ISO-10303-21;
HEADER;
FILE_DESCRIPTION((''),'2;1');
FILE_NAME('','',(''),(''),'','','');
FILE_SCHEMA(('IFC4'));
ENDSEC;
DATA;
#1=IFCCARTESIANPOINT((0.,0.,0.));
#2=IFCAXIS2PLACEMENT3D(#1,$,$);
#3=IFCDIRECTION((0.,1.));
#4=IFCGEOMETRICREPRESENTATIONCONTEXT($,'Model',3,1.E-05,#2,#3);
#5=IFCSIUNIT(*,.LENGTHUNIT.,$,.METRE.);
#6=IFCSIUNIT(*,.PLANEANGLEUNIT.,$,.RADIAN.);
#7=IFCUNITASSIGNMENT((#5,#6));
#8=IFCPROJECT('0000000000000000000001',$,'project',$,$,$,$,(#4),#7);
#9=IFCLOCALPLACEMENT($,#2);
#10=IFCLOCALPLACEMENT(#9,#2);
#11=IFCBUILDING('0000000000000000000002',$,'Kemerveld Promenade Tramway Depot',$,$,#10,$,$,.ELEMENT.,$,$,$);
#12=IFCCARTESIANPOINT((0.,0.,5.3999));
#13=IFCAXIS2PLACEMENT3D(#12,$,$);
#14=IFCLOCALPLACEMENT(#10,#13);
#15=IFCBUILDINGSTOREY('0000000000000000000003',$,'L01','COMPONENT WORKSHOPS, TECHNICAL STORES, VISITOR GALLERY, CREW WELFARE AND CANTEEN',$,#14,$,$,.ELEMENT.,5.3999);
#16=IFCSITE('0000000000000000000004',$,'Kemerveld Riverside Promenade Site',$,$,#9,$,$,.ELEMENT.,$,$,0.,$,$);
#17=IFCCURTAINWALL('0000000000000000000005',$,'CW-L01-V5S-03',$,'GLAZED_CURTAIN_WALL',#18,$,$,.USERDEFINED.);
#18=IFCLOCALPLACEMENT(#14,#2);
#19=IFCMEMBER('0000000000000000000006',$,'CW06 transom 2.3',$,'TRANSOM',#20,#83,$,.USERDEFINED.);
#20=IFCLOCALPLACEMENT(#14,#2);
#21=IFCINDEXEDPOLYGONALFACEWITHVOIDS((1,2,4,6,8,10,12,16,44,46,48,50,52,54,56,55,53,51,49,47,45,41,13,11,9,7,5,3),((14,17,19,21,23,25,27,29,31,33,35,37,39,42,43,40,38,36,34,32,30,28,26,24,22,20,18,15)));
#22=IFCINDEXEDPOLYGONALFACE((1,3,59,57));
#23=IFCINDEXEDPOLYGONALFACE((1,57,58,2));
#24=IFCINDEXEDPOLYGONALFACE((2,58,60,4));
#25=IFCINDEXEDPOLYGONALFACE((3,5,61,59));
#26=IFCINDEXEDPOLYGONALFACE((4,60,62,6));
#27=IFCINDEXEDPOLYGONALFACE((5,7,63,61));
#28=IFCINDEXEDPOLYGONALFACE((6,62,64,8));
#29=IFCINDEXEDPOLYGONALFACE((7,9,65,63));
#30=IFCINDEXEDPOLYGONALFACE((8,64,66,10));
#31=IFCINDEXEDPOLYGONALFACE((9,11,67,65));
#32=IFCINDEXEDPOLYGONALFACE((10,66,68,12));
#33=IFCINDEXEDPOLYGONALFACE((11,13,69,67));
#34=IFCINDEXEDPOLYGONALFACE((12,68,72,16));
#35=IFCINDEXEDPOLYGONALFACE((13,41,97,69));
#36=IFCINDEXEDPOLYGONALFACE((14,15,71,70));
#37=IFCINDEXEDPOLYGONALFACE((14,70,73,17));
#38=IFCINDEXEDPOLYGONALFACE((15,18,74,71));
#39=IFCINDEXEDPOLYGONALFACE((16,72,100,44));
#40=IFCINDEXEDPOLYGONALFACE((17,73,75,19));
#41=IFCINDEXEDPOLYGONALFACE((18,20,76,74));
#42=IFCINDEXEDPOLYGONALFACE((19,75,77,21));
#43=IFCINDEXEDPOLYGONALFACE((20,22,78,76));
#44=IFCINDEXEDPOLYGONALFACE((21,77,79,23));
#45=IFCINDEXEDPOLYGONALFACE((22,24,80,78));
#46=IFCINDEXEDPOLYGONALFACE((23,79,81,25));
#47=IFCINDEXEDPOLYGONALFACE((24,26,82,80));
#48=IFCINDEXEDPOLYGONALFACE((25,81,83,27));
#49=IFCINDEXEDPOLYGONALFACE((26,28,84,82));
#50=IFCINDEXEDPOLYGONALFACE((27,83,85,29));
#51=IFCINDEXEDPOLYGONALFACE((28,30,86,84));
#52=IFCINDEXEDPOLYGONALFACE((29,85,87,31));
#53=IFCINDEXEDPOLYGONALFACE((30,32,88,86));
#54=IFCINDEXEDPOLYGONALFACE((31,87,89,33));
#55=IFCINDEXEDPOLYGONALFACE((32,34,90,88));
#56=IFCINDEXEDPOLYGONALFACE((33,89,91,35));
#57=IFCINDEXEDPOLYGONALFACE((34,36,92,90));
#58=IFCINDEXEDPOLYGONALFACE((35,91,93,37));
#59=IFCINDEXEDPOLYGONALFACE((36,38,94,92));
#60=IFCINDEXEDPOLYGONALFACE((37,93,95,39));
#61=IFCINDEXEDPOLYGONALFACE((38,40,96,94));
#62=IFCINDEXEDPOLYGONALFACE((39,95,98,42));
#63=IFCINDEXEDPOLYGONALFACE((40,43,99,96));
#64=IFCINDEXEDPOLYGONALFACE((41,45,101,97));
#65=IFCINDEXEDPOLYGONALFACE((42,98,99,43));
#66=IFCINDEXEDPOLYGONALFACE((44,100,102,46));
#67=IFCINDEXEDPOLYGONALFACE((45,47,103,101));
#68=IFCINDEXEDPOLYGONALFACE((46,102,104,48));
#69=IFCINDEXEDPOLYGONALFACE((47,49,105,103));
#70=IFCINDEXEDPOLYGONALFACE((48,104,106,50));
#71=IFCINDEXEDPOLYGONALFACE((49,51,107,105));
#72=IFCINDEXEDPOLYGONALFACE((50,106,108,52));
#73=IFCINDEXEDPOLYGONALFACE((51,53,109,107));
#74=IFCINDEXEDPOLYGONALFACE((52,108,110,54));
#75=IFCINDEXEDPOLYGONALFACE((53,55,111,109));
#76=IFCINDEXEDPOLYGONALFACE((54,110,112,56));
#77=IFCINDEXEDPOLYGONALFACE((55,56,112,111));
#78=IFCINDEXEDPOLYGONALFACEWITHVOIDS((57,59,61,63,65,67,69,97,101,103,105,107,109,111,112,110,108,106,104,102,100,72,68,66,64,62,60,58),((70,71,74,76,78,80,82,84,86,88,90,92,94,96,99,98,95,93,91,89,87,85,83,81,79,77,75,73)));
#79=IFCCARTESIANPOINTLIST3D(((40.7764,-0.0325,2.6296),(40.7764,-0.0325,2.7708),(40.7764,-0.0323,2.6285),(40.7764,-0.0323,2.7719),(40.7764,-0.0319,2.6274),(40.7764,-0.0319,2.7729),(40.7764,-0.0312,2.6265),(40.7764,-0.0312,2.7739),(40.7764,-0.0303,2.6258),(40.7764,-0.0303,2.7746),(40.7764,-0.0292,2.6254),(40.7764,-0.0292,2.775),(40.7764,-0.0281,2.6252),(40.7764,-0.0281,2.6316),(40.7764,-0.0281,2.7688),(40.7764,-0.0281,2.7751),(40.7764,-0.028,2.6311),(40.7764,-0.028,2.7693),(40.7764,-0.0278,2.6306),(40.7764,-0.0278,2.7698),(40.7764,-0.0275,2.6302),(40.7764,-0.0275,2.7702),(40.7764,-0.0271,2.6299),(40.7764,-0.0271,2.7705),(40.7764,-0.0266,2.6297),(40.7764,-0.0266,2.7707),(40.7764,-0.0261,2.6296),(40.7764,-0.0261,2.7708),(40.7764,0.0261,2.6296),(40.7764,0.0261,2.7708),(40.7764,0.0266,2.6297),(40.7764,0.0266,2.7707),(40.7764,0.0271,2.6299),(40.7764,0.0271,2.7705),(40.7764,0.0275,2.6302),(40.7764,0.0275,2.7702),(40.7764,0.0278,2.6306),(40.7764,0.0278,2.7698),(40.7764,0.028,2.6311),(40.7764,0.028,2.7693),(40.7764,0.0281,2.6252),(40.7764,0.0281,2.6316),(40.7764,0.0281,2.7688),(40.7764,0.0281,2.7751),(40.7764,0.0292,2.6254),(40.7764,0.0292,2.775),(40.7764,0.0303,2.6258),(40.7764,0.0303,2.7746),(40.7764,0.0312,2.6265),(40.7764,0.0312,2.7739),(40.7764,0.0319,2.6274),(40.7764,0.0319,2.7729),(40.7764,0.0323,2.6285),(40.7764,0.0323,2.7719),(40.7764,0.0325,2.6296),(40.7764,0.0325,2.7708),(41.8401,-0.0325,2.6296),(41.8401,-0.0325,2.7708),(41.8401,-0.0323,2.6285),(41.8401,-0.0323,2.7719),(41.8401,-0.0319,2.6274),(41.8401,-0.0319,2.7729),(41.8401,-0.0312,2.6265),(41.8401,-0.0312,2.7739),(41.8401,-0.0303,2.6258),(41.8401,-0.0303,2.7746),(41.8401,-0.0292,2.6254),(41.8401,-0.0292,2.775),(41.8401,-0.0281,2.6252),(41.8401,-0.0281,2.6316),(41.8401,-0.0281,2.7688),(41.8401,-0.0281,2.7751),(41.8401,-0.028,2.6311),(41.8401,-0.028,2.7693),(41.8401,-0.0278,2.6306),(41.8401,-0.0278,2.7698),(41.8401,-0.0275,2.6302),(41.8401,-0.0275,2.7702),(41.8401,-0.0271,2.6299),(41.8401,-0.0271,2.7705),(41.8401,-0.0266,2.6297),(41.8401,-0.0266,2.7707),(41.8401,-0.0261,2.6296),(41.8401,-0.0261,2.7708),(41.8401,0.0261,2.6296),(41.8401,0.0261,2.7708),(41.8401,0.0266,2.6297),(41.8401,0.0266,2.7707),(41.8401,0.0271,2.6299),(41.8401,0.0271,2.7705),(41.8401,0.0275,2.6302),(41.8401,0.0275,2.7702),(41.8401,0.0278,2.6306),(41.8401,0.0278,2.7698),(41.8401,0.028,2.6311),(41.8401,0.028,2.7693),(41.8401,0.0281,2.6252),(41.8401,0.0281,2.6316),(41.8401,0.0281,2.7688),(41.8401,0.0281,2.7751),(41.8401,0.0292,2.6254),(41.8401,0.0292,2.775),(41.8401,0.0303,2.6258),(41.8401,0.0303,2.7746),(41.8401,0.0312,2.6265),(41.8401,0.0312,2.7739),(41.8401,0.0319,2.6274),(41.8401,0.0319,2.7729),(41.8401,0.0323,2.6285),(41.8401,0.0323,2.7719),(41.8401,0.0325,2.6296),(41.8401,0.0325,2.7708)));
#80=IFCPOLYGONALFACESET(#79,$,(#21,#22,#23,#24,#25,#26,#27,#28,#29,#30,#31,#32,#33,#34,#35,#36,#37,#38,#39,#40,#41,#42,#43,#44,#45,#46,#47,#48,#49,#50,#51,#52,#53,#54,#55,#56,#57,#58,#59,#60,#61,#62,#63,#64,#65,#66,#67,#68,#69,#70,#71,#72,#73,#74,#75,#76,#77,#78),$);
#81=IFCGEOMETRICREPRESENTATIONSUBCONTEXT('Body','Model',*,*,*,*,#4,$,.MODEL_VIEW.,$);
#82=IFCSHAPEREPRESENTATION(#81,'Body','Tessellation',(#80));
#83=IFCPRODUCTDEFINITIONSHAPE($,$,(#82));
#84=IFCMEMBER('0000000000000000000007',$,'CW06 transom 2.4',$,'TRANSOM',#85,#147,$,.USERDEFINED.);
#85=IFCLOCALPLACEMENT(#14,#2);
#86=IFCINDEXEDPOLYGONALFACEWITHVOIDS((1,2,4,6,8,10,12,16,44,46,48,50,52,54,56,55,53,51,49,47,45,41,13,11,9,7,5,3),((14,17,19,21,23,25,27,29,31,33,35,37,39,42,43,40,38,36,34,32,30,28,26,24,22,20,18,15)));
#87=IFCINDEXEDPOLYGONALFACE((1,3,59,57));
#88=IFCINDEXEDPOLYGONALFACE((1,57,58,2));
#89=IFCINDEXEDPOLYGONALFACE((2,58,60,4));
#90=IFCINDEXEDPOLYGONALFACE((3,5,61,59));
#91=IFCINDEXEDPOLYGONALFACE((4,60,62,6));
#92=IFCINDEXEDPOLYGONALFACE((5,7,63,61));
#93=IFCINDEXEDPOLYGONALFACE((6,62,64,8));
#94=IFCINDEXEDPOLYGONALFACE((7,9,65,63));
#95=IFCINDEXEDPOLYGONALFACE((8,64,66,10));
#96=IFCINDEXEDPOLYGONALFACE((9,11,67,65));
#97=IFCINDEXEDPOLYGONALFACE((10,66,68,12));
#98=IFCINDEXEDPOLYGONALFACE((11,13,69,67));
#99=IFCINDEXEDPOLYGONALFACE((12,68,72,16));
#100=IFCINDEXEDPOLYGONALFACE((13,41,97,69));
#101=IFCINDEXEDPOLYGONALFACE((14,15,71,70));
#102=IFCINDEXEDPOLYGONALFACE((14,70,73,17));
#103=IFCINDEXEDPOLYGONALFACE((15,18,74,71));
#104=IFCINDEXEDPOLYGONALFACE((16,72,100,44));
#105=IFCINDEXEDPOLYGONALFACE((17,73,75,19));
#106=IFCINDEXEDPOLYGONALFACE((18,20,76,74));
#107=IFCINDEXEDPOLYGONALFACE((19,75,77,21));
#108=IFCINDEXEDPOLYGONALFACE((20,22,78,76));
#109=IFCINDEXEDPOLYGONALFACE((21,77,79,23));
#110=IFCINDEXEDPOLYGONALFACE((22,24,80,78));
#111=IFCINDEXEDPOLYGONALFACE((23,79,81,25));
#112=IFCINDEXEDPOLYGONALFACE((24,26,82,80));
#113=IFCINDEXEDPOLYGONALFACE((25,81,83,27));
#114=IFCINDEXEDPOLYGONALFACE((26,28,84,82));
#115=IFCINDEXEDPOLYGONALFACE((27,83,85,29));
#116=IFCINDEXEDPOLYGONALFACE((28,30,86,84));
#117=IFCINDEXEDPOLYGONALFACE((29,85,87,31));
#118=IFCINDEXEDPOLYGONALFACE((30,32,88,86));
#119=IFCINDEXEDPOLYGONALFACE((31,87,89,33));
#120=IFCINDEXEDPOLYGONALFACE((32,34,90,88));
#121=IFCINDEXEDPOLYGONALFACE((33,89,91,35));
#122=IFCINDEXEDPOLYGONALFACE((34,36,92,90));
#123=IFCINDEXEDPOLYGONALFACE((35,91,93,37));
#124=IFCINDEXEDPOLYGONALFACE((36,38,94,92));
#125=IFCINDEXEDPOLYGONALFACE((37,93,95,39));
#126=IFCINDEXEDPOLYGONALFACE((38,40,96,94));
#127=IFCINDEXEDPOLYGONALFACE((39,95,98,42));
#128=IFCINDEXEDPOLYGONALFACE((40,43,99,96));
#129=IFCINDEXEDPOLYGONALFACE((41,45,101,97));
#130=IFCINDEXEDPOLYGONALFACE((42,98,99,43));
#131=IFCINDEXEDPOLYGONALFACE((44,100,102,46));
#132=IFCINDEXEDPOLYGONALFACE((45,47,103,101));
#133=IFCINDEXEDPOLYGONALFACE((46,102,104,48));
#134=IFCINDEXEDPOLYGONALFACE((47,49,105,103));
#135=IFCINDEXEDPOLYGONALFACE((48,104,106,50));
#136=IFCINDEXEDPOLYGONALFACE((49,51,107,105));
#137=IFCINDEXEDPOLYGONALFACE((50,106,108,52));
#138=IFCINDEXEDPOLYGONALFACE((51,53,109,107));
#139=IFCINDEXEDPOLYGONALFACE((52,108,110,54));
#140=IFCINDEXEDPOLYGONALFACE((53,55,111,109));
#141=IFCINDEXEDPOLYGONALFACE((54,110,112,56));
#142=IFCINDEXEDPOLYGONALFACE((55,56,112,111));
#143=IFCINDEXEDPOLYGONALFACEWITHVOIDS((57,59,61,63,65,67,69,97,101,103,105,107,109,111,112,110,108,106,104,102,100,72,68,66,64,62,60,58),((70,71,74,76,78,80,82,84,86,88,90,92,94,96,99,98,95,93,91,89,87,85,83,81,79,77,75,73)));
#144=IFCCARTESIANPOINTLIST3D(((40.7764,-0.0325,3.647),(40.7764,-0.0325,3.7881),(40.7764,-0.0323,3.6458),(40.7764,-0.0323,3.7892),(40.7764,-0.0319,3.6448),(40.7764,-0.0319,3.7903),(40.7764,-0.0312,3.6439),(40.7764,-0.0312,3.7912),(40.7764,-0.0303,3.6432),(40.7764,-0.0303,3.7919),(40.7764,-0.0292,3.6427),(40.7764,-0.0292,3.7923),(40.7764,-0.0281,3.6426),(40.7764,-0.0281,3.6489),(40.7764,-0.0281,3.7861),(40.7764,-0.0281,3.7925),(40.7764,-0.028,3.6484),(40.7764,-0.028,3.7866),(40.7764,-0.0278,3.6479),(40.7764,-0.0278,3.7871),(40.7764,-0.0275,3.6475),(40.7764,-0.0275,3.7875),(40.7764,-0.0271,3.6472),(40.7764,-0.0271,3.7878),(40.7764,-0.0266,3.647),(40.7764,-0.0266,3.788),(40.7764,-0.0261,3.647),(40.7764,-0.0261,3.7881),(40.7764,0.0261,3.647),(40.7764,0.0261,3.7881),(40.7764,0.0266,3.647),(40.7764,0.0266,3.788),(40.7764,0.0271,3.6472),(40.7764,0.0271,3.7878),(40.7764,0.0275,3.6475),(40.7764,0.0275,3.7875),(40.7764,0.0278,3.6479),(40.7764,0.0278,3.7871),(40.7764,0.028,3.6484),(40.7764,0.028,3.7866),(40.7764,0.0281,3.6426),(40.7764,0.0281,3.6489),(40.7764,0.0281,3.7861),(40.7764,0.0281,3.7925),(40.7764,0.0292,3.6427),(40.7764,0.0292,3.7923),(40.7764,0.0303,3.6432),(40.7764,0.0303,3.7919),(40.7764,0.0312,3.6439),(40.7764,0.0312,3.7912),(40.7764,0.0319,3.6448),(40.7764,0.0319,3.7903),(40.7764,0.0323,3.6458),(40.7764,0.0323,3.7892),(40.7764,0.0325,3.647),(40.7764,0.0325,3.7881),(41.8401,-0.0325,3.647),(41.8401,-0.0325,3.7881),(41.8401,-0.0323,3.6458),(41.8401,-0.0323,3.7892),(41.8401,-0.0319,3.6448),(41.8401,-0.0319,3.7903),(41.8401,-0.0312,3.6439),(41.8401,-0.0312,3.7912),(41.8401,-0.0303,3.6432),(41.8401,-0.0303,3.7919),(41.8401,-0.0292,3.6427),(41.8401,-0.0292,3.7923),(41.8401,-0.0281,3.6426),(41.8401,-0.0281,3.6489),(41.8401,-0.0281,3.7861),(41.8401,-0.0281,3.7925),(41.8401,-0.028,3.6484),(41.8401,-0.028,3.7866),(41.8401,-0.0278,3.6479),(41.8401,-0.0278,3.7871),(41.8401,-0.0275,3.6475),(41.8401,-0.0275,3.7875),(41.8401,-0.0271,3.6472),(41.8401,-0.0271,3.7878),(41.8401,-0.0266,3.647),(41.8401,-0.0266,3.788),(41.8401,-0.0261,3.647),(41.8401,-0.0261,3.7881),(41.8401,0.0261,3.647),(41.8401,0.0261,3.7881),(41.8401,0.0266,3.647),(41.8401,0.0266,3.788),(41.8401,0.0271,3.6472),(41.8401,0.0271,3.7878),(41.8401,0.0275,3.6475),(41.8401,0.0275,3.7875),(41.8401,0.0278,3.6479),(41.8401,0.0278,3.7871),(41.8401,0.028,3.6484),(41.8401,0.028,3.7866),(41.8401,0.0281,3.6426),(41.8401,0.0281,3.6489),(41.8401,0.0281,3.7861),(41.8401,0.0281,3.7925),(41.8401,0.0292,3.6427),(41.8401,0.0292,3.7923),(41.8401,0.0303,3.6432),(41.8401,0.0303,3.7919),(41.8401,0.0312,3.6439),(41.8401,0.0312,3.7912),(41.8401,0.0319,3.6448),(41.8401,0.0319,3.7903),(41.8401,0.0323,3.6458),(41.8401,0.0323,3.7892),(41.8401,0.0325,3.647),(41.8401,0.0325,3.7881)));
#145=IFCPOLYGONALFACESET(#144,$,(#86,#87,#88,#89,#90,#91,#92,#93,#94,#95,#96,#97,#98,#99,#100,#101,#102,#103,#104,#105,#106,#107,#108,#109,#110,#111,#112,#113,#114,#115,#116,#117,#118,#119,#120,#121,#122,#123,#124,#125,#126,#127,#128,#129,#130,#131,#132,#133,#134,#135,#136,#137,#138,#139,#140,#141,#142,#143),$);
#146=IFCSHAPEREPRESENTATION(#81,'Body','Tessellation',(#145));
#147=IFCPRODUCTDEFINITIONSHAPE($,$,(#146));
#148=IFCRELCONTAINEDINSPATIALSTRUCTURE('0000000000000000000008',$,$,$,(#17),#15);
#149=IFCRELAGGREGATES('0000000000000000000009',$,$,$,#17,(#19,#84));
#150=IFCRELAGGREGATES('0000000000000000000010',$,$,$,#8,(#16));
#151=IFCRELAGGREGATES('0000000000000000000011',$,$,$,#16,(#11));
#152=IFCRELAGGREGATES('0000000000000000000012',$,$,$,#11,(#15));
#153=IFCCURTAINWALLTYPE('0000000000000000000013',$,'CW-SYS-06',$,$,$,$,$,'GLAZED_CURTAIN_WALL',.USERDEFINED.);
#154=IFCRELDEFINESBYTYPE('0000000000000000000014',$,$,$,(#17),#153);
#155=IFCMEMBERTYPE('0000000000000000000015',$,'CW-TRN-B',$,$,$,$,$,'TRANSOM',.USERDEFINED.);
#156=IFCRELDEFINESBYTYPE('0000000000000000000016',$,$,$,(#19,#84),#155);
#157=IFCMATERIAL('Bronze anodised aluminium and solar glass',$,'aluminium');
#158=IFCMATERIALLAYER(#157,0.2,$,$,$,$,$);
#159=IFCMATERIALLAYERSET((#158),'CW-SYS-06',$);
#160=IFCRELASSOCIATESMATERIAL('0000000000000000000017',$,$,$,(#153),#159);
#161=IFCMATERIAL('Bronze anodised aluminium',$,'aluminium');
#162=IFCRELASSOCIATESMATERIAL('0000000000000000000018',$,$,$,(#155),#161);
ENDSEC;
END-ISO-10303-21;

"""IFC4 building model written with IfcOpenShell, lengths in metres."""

from ifc_helpers import new_model, si_unit, direction, frame, origin, origin_2d, place, context, subcontext, project, spatial, hollow_rectangle, extrude, material, layer, layer_set, material_profile, profile_set, type_object, element, aggregate, save


model = new_model("IFC4")

# Units and contexts
model_context = context("Model", 3, precision=1e-05, world=origin(), true_north=direction((0.0, 1.0)))
body_context = subcontext(model_context, "Body", "Model", "MODEL_VIEW")
ifc_project = project(units=[si_unit("LENGTHUNIT", "METRE"), si_unit("PLANEANGLEUNIT", "RADIAN")], contexts=[model_context])

# Site, building, storey
site_placement = place(None, origin())
site = spatial("IfcSite", under=ifc_project, at=site_placement, Name="Kemerveld Riverside Promenade Site", CompositionType="ELEMENT", RefElevation=0.0)
building_placement = place(site_placement, origin())
building = spatial("IfcBuilding", under=site, at=building_placement, Name="Kemerveld Promenade Tramway Depot", CompositionType="ELEMENT")
storey_placement = place(building_placement, frame((0.0, 0.0, 5.3999)))
storey = spatial("IfcBuildingStorey", under=building, at=storey_placement, Name="L01", Description="COMPONENT WORKSHOPS, TECHNICAL STORES, VISITOR GALLERY, CREW WELFARE AND CANTEEN", CompositionType="ELEMENT", Elevation=5.3999)

# Curtain wall, members
ifc_material_1 = material(Name="Bronze anodised aluminium and solar glass", Category="aluminium")
ifc_layer_1 = layer(ifc_material_1, 0.2)
ifc_layer_set_1 = layer_set([ifc_layer_1], Name="CW-SYS-06")
curtain_wall_type = type_object("IfcCurtainWallType", Name="CW-SYS-06", ElementType="GLAZED_CURTAIN_WALL", PredefinedType="USERDEFINED", material=ifc_layer_set_1)
curtain_wall_placement = place(storey_placement, origin())
curtain_wall = element("IfcCurtainWall", 1, at=curtain_wall_placement, inside=storey, type_object=curtain_wall_type, Name="CW-L01-V5S-03", ObjectType="GLAZED_CURTAIN_WALL", PredefinedType="USERDEFINED")
ifc_material_2 = material(Name="Bronze anodised aluminium", Category="aluminium")
ifc_material_profile_1 = material_profile(ifc_material_2, hollow_rectangle(XDim=0.0649, YDim=0.1499, WallThickness=0.0044, InnerFilletRadius=0.002, OuterFilletRadius=0.0044, at=origin_2d()), Name="CW-TRN-150x65")
ifc_profile_set_1 = profile_set([ifc_material_profile_1], Name="Bronze anodised aluminium")
member_type_1 = type_object("IfcMemberType", Name="CW-TRN-B", ElementType="TRANSOM", PredefinedType="USERDEFINED", material=ifc_profile_set_1)
member_1_placement = place(storey_placement, frame((41.8401, 0.0, 2.7002), z_axis=(-1.0, 0.0, 0.0), x_axis=(0.0, -1.0, 0.0)))
member_1 = element("IfcMember", 2, at=member_1_placement, type_object=member_type_1, Name="CW06 transom 2.3", ObjectType="TRANSOM", PredefinedType="USERDEFINED", context=body_context, shape_type="SweptSolid", body=[
    extrude(hollow_rectangle(XDim=0.0649, YDim=0.1499, WallThickness=0.0044, InnerFilletRadius=0.002, OuterFilletRadius=0.0044, at=origin_2d()), origin(), (0.0, 0.0, 1.0), 1.0637),
])
member_2_placement = place(storey_placement, frame((41.8401, 0.0, 3.7175), z_axis=(-1.0, 0.0, 0.0), x_axis=(0.0, -1.0, 0.0)))
member_2 = element("IfcMember", 3, at=member_2_placement, type_object=member_type_1, Name="CW06 transom 2.4", ObjectType="TRANSOM", PredefinedType="USERDEFINED", context=body_context, shape_type="SweptSolid", body=[
    extrude(hollow_rectangle(XDim=0.0649, YDim=0.1499, WallThickness=0.0044, InnerFilletRadius=0.002, OuterFilletRadius=0.0044, at=origin_2d()), origin(), (0.0, 0.0, 1.0), 1.0637),
])
aggregate(curtain_wall, [member_1, member_2])

save(model, "model.ifc")
